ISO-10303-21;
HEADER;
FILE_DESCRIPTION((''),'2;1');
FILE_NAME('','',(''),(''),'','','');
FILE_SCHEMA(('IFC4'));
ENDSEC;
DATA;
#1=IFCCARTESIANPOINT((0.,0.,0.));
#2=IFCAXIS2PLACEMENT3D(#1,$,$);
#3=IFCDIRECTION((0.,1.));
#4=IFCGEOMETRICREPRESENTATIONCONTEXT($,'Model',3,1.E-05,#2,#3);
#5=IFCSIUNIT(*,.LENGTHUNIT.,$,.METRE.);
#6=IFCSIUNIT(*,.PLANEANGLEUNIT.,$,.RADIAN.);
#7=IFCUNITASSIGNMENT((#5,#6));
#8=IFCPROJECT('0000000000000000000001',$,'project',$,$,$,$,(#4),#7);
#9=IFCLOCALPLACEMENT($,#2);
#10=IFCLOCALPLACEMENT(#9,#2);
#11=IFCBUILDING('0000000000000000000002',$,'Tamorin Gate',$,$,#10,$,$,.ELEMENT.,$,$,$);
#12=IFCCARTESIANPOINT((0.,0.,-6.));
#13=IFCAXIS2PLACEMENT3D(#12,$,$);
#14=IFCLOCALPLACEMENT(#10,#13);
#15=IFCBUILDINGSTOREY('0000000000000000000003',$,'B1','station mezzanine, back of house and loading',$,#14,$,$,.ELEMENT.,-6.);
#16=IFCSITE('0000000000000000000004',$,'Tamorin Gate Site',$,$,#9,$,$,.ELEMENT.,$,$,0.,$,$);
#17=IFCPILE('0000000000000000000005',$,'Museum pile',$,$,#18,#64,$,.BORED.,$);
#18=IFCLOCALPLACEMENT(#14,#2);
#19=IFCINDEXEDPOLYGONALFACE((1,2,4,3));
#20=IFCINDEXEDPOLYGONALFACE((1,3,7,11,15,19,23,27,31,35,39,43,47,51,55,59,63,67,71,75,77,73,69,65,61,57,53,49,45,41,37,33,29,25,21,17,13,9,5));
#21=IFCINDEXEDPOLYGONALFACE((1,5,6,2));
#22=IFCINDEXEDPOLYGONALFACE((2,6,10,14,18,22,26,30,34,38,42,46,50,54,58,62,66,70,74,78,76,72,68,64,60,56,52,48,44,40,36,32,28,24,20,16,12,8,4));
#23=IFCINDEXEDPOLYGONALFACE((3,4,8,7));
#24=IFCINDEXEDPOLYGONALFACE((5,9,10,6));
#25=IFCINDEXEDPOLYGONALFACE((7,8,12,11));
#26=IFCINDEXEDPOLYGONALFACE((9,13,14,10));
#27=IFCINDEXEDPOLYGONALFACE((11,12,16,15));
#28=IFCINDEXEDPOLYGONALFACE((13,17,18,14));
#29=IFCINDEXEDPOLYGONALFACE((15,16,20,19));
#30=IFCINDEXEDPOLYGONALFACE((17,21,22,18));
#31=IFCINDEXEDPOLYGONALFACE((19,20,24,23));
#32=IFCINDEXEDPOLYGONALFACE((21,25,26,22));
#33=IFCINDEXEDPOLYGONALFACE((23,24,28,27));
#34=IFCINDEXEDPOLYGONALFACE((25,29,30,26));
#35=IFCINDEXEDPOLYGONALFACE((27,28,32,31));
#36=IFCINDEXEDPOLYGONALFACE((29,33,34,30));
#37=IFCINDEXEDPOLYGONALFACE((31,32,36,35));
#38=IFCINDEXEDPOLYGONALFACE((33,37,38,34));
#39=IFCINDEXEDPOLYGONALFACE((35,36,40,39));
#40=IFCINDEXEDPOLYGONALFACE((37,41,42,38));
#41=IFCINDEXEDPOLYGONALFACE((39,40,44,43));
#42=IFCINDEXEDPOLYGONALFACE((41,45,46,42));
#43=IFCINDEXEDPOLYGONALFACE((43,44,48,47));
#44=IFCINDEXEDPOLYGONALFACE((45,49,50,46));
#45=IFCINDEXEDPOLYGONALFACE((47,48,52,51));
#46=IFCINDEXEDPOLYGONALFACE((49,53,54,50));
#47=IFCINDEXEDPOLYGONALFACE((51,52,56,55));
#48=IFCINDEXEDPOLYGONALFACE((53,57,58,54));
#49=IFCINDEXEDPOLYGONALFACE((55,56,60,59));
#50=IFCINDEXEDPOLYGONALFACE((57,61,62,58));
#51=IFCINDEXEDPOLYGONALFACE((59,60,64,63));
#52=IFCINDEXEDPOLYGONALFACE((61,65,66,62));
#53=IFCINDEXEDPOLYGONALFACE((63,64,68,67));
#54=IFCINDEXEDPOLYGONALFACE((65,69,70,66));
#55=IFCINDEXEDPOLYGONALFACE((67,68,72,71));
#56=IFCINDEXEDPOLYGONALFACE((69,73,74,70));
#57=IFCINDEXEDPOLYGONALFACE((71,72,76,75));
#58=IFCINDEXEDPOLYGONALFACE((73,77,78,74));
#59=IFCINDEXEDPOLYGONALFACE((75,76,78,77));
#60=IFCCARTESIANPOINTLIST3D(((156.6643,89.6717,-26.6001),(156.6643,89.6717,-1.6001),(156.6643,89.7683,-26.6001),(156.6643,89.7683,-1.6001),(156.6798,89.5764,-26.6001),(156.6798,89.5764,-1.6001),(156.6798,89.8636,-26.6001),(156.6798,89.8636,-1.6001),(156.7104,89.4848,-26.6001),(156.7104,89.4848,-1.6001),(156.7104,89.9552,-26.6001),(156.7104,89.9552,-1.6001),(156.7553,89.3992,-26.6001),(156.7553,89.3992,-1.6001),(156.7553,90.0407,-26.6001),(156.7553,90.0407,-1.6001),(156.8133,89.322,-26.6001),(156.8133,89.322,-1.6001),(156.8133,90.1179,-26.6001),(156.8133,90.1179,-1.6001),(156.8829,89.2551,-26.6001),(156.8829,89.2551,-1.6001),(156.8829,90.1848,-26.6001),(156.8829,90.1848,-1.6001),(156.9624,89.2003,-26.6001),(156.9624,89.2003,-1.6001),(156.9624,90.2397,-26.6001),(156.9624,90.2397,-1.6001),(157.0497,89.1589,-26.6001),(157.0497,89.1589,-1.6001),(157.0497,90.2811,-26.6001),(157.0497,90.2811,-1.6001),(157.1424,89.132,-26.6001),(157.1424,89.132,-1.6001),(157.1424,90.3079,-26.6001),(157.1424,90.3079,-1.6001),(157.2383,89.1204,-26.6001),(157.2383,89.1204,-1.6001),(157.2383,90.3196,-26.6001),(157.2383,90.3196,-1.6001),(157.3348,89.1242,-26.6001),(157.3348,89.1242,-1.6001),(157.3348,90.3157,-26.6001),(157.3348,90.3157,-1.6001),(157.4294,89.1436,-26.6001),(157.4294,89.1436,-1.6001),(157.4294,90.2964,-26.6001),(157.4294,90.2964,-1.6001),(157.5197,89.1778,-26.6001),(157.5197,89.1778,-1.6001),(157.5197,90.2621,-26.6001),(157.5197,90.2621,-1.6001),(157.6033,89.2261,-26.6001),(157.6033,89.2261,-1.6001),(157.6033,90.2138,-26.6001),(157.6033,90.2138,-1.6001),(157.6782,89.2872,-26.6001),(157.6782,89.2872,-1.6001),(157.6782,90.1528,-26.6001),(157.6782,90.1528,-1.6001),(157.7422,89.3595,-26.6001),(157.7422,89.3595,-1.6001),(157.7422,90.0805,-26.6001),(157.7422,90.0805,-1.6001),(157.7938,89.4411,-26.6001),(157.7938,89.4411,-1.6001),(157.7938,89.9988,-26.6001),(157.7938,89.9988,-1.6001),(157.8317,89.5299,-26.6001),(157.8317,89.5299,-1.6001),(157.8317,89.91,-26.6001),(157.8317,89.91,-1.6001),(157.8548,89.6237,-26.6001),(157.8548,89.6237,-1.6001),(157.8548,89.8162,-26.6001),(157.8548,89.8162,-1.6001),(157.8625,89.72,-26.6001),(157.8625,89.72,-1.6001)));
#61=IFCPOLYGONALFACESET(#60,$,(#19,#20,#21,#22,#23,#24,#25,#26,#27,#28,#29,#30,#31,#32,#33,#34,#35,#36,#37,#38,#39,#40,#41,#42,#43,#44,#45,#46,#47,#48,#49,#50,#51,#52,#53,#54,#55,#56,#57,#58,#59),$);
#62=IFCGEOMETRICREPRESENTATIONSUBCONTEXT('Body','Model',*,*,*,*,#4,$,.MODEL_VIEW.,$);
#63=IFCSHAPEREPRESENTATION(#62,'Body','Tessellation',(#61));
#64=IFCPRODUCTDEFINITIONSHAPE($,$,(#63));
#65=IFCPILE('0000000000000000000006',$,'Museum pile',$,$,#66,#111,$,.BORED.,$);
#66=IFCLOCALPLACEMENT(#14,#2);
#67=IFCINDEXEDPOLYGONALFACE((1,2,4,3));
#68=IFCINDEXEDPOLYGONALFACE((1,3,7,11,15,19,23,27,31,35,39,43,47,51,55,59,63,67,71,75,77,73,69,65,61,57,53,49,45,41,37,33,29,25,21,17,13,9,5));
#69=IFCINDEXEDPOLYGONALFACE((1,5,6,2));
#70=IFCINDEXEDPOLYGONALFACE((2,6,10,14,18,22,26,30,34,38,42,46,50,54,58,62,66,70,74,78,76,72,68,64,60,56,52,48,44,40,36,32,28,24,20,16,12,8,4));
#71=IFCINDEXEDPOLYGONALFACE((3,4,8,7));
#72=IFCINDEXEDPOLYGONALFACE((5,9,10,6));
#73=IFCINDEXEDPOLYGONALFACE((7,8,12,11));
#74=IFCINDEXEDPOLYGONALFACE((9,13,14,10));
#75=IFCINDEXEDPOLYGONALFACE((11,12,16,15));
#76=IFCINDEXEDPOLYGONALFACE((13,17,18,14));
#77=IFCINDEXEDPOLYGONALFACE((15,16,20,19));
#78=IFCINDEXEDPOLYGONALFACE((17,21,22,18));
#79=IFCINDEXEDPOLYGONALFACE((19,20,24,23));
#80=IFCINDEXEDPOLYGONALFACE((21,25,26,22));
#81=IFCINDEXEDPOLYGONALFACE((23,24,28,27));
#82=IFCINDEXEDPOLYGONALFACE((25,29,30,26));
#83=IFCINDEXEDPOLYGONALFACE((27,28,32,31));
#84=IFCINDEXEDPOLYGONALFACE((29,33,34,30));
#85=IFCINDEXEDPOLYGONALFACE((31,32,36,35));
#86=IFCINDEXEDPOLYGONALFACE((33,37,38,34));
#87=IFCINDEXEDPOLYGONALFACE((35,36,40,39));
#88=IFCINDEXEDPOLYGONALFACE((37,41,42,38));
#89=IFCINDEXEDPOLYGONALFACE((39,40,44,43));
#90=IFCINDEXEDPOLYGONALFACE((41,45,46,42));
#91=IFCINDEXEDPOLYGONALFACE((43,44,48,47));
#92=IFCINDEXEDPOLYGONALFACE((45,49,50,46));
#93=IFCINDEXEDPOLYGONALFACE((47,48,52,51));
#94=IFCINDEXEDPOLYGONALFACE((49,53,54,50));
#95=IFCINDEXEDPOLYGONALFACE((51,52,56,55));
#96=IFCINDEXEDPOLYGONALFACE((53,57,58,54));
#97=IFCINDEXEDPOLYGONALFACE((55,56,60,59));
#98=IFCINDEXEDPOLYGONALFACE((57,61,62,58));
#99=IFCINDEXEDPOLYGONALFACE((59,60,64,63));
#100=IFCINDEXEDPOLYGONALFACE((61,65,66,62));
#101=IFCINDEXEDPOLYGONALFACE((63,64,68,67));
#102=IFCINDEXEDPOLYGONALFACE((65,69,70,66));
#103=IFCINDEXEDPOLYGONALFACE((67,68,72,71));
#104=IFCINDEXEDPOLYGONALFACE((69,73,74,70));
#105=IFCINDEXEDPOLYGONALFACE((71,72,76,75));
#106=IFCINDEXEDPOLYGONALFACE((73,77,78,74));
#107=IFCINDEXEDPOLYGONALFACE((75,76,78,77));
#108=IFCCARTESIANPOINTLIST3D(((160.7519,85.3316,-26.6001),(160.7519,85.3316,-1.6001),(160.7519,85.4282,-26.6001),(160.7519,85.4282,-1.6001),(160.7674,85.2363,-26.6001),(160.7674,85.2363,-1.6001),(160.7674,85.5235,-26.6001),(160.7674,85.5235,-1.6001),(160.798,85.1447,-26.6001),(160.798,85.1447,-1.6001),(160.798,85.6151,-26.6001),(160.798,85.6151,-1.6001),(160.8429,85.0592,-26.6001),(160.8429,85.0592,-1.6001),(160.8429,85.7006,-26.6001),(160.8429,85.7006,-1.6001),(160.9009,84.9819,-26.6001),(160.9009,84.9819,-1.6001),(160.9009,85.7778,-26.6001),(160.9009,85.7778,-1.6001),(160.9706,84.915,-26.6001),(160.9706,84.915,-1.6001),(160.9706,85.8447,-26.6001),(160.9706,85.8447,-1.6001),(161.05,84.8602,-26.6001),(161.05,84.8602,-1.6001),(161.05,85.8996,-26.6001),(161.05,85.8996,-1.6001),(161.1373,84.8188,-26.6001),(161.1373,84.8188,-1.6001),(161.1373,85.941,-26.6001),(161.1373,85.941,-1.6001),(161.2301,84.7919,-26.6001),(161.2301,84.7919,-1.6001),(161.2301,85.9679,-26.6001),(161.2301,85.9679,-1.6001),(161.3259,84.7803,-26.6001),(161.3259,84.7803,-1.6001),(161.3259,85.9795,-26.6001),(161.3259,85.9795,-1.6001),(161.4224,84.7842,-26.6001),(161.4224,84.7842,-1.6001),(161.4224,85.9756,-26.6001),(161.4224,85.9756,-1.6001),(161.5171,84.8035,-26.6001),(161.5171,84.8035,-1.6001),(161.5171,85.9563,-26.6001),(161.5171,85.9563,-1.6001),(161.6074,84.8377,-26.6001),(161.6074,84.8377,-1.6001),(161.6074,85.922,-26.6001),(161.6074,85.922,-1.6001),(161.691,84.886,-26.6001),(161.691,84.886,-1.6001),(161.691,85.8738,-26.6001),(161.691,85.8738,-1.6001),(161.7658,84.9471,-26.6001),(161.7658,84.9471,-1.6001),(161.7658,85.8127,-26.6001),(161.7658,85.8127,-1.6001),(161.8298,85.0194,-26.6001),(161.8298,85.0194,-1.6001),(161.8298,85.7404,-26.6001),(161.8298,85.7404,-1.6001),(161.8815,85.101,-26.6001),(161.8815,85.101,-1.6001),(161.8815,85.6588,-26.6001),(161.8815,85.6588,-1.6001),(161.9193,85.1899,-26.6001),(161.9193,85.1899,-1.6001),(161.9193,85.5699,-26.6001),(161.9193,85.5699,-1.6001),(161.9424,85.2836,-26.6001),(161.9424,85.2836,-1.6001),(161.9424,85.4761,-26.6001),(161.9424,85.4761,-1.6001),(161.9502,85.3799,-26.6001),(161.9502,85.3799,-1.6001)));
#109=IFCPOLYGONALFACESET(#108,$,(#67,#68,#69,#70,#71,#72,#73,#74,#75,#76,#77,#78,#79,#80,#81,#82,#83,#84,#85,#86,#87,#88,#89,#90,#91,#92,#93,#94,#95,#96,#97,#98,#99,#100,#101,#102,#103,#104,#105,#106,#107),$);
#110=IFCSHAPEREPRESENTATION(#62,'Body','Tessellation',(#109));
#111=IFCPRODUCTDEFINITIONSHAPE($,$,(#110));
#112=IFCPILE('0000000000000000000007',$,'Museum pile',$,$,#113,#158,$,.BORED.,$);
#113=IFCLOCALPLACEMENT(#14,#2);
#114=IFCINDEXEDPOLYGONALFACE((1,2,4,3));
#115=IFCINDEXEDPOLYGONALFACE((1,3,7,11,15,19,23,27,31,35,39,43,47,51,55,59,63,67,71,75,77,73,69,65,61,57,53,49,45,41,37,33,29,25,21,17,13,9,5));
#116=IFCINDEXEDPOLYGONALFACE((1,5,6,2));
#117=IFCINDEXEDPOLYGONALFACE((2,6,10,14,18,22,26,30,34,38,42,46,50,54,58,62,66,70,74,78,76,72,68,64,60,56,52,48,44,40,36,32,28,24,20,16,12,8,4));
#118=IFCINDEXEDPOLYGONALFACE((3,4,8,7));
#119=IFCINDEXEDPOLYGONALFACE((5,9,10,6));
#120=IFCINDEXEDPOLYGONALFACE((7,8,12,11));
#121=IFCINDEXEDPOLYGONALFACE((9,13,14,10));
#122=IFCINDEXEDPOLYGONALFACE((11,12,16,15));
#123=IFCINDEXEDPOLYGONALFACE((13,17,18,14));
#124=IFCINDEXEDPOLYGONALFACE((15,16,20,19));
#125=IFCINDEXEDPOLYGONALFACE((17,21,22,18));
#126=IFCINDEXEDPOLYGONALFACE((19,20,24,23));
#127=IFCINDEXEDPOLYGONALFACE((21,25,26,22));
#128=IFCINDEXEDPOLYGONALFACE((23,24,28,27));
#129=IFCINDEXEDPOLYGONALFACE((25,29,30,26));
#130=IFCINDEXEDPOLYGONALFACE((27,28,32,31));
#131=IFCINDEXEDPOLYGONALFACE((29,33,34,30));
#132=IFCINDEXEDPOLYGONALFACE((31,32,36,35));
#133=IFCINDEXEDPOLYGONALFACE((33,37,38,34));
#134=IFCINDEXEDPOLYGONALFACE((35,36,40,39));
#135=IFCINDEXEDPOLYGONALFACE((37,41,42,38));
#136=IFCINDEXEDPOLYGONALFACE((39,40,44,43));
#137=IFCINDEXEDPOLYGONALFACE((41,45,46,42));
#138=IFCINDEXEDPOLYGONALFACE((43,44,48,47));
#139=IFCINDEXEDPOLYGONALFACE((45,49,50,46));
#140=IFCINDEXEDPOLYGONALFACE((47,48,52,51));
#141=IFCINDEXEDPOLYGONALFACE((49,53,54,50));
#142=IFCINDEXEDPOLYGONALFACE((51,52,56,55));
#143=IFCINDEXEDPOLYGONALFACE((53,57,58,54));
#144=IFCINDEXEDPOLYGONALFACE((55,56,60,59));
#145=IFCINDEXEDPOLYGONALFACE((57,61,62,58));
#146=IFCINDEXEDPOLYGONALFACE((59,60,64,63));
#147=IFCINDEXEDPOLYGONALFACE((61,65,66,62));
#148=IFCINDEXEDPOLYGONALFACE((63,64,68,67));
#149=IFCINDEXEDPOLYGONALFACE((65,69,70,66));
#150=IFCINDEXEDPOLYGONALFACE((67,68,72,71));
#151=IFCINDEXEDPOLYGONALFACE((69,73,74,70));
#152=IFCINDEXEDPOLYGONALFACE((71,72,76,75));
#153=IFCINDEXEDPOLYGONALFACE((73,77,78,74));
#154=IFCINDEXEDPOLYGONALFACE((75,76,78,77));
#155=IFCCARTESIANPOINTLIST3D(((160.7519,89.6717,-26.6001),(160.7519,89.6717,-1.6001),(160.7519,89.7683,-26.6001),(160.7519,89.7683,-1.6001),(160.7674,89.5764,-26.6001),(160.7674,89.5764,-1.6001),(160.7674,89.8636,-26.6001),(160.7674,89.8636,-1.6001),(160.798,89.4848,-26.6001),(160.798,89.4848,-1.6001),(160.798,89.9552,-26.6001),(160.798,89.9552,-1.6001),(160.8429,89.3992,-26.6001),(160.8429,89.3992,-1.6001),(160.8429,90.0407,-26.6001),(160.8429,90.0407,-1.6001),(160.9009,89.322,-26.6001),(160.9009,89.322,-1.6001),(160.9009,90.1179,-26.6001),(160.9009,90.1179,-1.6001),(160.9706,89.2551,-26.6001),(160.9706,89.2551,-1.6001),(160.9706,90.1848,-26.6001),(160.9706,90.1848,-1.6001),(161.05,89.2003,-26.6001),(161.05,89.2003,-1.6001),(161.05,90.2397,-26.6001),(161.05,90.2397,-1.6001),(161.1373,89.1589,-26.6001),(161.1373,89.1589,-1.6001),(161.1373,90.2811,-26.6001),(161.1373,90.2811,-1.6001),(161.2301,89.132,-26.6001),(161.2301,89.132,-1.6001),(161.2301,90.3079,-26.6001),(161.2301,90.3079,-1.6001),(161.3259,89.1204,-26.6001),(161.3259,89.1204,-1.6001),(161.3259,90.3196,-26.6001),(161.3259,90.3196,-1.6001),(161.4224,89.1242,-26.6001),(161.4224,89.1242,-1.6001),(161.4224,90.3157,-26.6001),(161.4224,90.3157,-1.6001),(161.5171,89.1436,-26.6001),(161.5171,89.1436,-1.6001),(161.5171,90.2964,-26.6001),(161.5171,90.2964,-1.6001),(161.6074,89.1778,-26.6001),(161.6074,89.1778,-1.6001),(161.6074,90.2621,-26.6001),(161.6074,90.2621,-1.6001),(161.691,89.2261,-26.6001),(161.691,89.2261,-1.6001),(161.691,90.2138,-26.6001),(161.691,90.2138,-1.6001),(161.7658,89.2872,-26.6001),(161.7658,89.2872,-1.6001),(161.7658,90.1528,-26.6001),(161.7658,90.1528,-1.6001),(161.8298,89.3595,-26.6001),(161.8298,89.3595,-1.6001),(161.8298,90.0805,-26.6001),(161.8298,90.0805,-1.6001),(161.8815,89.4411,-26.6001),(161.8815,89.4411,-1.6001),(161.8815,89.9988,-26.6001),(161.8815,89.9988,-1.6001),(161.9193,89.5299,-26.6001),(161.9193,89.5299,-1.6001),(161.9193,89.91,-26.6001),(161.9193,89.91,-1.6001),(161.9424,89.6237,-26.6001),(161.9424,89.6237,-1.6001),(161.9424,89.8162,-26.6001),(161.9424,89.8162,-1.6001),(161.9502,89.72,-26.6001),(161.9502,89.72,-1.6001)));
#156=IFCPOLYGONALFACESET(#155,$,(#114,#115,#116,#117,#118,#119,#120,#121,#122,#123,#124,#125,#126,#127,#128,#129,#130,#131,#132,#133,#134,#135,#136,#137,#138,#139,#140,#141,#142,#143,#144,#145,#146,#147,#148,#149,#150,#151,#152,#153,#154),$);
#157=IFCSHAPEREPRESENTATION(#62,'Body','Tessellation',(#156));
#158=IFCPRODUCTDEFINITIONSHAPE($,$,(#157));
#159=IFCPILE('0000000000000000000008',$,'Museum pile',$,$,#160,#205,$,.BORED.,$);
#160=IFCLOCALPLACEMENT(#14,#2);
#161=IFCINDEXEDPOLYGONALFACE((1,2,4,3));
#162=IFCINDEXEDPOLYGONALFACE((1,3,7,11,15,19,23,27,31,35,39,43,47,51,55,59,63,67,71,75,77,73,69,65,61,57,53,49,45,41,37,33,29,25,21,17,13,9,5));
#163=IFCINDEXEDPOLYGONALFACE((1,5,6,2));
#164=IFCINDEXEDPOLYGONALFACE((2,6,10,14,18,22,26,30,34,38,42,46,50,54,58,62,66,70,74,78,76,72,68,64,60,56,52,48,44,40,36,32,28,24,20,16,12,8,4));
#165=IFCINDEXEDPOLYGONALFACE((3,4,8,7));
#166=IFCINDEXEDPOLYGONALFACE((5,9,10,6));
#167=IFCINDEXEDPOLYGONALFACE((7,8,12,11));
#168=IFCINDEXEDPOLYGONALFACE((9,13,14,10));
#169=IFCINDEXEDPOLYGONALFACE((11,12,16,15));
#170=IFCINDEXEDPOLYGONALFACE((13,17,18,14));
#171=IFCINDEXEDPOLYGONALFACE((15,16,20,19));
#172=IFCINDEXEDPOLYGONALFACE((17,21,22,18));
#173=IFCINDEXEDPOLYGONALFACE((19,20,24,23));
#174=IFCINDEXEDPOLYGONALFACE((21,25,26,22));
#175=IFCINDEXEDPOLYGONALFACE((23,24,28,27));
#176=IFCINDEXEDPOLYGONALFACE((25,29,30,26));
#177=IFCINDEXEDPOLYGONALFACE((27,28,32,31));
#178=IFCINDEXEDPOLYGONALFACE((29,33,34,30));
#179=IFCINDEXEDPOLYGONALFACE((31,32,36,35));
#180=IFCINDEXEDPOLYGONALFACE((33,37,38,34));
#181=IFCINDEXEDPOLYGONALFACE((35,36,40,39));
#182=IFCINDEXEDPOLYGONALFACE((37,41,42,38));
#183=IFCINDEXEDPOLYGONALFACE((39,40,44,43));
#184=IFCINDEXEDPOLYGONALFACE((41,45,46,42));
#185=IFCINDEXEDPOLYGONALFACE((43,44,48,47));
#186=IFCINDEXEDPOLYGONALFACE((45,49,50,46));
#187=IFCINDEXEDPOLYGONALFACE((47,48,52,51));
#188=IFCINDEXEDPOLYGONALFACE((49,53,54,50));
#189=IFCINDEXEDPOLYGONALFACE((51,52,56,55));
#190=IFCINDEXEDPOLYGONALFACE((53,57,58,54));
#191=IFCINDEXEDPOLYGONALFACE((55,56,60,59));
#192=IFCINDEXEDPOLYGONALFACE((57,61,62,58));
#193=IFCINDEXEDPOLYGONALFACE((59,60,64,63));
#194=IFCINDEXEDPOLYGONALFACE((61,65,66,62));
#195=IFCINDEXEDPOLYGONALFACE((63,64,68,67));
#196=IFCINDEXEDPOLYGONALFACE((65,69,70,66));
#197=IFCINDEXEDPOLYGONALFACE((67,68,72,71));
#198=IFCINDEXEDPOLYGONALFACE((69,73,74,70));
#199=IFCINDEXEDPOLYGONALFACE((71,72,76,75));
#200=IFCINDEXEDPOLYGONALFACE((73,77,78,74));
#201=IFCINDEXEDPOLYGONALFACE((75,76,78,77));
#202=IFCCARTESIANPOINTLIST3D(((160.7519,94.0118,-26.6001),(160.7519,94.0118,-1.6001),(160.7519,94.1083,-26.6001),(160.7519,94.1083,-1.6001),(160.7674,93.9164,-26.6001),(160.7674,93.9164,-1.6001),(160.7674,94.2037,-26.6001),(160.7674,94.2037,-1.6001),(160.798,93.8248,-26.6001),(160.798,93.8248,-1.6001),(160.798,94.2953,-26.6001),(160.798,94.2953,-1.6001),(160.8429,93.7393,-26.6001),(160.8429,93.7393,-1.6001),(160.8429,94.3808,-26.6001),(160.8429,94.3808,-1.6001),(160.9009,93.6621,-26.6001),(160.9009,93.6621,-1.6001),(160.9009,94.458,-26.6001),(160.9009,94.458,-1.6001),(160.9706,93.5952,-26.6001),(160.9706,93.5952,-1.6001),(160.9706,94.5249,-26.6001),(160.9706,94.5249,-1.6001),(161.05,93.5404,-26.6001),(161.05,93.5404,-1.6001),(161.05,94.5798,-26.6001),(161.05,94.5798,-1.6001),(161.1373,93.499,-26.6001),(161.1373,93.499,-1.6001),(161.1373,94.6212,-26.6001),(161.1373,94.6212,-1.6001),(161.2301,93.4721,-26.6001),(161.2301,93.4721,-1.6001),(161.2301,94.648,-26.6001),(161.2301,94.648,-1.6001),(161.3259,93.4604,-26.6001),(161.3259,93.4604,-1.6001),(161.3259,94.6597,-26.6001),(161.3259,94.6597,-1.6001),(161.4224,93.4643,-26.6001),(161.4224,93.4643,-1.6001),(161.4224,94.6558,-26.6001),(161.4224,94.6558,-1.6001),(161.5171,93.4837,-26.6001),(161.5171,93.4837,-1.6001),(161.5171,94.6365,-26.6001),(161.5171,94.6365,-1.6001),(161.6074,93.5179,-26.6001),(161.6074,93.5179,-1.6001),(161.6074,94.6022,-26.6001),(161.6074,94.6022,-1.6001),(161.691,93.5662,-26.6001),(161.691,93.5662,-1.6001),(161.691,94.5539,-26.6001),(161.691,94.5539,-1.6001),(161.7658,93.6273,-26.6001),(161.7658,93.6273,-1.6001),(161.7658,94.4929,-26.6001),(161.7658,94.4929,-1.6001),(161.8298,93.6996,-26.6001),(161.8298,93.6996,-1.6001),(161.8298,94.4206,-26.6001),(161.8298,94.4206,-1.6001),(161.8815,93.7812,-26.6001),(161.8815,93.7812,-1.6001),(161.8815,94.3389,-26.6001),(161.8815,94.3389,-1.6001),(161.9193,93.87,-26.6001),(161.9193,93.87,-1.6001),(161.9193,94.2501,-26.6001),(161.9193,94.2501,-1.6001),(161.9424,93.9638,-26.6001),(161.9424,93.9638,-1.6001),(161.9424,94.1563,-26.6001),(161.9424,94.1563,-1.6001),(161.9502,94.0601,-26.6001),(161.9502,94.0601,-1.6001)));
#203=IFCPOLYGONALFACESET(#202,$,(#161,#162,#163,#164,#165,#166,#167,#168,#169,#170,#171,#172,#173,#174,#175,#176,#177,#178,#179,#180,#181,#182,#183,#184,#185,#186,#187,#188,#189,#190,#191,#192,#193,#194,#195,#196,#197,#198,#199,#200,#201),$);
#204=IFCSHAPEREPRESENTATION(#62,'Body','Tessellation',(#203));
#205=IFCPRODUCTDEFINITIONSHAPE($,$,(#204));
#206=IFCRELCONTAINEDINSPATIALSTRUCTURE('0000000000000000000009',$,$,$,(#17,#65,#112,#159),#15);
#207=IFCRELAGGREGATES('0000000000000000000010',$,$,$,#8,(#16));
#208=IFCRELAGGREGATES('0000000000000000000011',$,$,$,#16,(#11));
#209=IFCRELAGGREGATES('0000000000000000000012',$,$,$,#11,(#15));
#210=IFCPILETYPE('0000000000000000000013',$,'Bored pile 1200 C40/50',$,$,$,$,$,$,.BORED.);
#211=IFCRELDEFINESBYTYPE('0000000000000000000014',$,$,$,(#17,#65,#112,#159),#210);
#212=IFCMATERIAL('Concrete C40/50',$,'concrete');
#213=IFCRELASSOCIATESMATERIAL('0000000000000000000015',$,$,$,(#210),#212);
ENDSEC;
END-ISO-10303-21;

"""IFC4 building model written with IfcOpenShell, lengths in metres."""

from ifc_helpers import new_model, si_unit, direction, frame, origin, origin_2d, place, context, subcontext, project, spatial, circle, extrude, material, material_profile, profile_set, type_object, element, save


model = new_model("IFC4")

# Units and contexts
model_context = context("Model", 3, precision=1e-05, world=origin(), true_north=direction((0.0, 1.0)))
body_context = subcontext(model_context, "Body", "Model", "MODEL_VIEW")
ifc_project = project(units=[si_unit("LENGTHUNIT", "METRE"), si_unit("PLANEANGLEUNIT", "RADIAN")], contexts=[model_context])

# Site, building, storey
site_placement = place(None, origin())
site = spatial("IfcSite", under=ifc_project, at=site_placement, Name="Tamorin Gate Site", CompositionType="ELEMENT", RefElevation=0.0)
building_placement = place(site_placement, origin())
building = spatial("IfcBuilding", under=site, at=building_placement, Name="Tamorin Gate", CompositionType="ELEMENT")
storey_placement = place(building_placement, frame((0.0, 0.0, -6.0)))
storey = spatial("IfcBuildingStorey", under=building, at=storey_placement, Name="B1", Description="station mezzanine, back of house and loading", CompositionType="ELEMENT", Elevation=-6.0)

# Piles
ifc_material_1 = material(Name="Concrete C40/50", Category="concrete")
ifc_material_profile_1 = material_profile(ifc_material_1, circle(Radius=0.6001, at=origin_2d()))
ifc_profile_set_1 = profile_set([ifc_material_profile_1], Name="Concrete C40/50")
pile_type_1 = type_object("IfcPileType", Name="Bored pile 1200 C40/50", PredefinedType="BORED", material=ifc_profile_set_1)
for number, where, z_axis, x_axis, name in (
    (1, (157.2625, 89.72, -1.6001), (0.0, 0.0, -1.0), (1.0, 0.0, 0.0), "Museum pile"),
    (2, (161.3501, 85.3799, -1.6001), (0.0, 0.0, -1.0), (1.0, 0.0, 0.0), "Museum pile"),
    (3, (161.3501, 89.72, -1.6001), (0.0, 0.0, -1.0), (1.0, 0.0, 0.0), "Museum pile"),
    (4, (161.3501, 94.0601, -1.6001), (0.0, 0.0, -1.0), (1.0, 0.0, 0.0), "Museum pile"),
):
    element("IfcPile", number, at=place(storey_placement, frame(where, z_axis=z_axis, x_axis=x_axis)), inside=storey, type_object=pile_type_1, Name=name, PredefinedType="BORED", context=body_context, shape_type="SweptSolid", body=[
        extrude(circle(Radius=0.6001, at=origin_2d()), origin(), (0.0, 0.0, 1.0), 25.0),
    ])

save(model, "model.ifc")
